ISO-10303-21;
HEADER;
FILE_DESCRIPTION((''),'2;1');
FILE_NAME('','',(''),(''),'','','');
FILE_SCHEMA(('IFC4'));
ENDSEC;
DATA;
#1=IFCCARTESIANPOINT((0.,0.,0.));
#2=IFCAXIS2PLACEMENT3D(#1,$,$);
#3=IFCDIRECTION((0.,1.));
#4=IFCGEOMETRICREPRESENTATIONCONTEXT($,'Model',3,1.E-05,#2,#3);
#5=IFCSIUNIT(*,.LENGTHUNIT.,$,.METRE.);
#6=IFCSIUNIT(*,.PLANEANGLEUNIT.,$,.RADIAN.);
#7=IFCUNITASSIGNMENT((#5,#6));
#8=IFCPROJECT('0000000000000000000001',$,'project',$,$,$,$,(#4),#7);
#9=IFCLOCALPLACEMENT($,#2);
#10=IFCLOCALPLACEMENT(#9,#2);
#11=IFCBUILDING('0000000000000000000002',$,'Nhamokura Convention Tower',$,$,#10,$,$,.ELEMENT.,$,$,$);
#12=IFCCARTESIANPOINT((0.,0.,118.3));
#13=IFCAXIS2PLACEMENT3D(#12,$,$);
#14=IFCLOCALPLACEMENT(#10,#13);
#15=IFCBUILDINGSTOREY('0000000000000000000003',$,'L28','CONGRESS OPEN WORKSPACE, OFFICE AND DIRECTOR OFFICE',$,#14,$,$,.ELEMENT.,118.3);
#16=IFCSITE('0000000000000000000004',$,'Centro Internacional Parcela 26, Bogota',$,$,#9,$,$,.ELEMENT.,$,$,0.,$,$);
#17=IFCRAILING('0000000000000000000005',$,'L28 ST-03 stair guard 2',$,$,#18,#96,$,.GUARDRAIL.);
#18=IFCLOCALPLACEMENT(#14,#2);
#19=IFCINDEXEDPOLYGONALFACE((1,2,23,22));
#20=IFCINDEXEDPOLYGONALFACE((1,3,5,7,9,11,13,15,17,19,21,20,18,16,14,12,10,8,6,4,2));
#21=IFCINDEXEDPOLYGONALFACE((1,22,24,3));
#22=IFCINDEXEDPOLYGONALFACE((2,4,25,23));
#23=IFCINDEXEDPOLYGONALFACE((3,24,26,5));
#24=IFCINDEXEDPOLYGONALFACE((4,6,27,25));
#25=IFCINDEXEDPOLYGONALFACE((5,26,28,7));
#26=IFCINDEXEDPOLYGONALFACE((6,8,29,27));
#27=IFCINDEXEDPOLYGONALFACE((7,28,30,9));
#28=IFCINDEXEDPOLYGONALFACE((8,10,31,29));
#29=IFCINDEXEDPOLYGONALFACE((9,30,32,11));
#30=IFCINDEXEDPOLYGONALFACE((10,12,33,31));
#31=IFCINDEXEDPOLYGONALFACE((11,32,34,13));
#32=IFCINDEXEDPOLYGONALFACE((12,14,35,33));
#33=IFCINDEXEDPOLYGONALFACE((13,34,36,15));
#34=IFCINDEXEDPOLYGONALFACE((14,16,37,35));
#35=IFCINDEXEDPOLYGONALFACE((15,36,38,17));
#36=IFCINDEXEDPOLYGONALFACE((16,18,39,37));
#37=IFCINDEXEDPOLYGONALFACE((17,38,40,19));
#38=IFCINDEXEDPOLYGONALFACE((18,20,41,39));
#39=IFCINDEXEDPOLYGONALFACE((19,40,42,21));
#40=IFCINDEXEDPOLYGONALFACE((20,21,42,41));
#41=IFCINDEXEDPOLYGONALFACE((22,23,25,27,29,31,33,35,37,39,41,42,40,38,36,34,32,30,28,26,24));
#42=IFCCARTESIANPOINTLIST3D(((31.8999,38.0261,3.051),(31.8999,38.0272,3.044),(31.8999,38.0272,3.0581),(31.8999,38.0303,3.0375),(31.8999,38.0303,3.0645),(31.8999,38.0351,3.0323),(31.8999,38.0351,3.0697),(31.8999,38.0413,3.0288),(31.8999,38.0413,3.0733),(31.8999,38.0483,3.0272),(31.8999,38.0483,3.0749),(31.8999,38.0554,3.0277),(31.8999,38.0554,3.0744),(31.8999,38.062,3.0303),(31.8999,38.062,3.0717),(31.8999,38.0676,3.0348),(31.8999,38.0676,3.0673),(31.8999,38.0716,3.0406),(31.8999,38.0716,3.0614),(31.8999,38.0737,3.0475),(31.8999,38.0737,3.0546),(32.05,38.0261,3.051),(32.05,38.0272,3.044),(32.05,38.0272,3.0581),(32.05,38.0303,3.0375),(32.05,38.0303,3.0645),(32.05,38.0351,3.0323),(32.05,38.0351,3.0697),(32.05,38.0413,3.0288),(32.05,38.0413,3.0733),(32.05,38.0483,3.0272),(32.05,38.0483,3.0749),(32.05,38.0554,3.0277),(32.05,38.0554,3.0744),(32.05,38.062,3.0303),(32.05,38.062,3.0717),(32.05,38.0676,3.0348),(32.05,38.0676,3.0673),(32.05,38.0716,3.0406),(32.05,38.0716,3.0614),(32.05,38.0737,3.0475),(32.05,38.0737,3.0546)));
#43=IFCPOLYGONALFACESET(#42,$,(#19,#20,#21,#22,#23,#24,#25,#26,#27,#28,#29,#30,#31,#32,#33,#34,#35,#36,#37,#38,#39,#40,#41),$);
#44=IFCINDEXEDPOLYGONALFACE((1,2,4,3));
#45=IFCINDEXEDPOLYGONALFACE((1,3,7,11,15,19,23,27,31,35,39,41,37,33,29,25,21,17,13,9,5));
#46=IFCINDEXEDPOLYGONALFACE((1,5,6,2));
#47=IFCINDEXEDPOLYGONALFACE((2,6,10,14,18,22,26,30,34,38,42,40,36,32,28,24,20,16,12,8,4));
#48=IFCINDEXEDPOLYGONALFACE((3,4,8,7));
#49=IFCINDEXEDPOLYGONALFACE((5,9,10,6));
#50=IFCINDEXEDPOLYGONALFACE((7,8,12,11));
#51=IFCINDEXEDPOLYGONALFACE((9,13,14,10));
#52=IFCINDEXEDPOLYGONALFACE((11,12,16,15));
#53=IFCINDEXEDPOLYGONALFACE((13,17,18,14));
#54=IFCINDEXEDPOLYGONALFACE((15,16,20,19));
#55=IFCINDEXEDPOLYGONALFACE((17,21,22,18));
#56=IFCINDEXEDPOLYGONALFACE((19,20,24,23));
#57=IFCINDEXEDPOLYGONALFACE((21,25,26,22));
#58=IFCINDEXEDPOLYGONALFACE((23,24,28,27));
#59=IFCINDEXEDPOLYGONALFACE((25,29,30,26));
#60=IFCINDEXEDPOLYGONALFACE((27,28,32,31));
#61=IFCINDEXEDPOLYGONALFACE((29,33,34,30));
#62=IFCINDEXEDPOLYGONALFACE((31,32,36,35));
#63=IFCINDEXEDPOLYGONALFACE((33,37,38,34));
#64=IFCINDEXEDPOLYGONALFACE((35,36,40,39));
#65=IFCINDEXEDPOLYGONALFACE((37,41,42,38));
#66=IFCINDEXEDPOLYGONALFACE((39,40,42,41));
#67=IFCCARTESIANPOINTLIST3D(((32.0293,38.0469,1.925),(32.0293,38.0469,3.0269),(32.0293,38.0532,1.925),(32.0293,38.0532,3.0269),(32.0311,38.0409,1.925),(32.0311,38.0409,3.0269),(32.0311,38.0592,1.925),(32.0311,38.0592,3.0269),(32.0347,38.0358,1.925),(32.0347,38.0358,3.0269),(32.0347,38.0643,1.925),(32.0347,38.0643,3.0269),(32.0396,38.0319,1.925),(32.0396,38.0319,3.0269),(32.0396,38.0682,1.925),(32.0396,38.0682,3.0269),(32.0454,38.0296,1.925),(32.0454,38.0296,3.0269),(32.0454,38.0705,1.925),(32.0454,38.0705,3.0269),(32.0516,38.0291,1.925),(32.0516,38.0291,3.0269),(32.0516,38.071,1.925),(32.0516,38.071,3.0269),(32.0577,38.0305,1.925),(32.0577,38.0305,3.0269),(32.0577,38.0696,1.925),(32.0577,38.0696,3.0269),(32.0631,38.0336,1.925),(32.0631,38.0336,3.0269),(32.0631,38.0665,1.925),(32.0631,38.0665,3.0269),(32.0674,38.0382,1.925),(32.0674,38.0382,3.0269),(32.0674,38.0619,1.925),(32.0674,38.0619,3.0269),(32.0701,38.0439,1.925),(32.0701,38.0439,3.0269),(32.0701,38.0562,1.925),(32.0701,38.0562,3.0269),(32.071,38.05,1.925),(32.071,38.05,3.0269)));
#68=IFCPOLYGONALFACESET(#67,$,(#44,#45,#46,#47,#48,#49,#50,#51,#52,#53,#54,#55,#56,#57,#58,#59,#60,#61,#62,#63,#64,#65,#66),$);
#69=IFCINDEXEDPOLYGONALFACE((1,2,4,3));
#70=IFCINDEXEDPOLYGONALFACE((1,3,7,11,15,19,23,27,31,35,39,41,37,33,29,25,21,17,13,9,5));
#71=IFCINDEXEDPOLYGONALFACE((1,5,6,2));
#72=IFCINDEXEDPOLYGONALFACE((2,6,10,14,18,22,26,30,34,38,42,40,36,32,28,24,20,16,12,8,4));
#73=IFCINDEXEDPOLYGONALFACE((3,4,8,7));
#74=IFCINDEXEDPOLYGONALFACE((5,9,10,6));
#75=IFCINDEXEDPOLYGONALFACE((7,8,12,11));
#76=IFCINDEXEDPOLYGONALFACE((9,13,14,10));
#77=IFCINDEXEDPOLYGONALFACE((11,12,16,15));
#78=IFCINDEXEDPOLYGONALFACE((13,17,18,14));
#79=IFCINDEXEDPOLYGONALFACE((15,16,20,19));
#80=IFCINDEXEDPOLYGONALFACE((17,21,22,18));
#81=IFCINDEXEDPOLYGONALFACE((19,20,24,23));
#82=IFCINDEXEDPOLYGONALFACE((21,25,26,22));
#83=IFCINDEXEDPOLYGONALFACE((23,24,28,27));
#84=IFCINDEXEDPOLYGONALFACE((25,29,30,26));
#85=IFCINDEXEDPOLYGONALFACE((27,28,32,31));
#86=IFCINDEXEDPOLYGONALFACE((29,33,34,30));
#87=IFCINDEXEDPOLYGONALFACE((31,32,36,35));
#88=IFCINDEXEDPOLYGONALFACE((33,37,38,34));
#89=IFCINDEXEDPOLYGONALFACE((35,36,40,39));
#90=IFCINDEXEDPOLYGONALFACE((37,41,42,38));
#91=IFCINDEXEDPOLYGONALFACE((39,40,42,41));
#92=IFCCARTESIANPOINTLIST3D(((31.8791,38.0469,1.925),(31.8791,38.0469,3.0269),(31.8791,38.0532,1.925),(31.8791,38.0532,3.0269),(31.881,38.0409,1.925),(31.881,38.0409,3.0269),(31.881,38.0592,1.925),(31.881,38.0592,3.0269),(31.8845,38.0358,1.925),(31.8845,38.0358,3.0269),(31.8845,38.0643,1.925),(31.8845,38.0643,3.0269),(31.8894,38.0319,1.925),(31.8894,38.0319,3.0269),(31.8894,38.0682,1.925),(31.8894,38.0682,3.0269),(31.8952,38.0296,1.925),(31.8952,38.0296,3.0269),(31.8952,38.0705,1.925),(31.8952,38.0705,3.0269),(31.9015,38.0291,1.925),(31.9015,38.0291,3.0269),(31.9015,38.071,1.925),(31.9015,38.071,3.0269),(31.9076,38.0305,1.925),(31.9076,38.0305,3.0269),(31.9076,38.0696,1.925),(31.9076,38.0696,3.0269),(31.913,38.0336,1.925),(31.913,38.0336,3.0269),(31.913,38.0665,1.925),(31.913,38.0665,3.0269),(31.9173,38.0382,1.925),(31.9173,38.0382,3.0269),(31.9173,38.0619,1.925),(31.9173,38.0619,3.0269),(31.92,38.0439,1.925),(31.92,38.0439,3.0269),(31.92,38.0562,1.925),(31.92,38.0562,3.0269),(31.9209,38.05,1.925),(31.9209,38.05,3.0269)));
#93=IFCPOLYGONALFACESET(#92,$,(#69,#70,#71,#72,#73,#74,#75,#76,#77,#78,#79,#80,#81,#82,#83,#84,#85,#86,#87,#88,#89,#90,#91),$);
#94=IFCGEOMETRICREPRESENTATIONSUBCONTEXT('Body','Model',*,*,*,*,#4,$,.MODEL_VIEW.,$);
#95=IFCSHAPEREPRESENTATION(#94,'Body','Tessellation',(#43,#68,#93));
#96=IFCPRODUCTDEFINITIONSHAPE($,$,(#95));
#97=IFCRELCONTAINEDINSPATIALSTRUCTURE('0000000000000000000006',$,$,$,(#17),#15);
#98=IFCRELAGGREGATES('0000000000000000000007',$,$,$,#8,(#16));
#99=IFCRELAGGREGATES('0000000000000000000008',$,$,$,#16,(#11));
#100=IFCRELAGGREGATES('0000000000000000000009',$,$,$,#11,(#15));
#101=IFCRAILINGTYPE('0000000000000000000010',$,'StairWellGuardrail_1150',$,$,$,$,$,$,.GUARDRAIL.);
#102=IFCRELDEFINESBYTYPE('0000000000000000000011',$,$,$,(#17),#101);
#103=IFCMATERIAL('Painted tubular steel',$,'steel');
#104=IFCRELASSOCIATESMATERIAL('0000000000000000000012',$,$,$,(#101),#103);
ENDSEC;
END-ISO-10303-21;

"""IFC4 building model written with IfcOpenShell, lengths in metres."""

from ifc_helpers import new_model, si_unit, direction, frame, origin, origin_2d, place, context, subcontext, project, spatial, circle, extrude, material, type_object, element, save


model = new_model("IFC4")

# Units and contexts
model_context = context("Model", 3, precision=1e-05, world=origin(), true_north=direction((0.0, 1.0)))
body_context = subcontext(model_context, "Body", "Model", "MODEL_VIEW")
ifc_project = project(units=[si_unit("LENGTHUNIT", "METRE"), si_unit("PLANEANGLEUNIT", "RADIAN")], contexts=[model_context])

# Site, building, storey
site_placement = place(None, origin())
site = spatial("IfcSite", under=ifc_project, at=site_placement, Name="Centro Internacional Parcela 26, Bogota", CompositionType="ELEMENT", RefElevation=0.0)
building_placement = place(site_placement, origin())
building = spatial("IfcBuilding", under=site, at=building_placement, Name="Nhamokura Convention Tower", CompositionType="ELEMENT")
storey_placement = place(building_placement, frame((0.0, 0.0, 118.3)))
storey = spatial("IfcBuildingStorey", under=building, at=storey_placement, Name="L28", Description="CONGRESS OPEN WORKSPACE, OFFICE AND DIRECTOR OFFICE", CompositionType="ELEMENT", Elevation=118.3)

# Railing
ifc_material_1 = material(Name="Painted tubular steel", Category="steel")
railing_type_1 = type_object("IfcRailingType", Name="StairWellGuardrail_1150", PredefinedType="GUARDRAIL", material=ifc_material_1)
railing_1_placement = place(storey_placement, frame((32.05, 38.05, 1.925)))
element("IfcRailing", 1, at=railing_1_placement, inside=storey, type_object=railing_type_1, Name="L28 ST-03 stair guard 2", PredefinedType="GUARDRAIL", context=body_context, shape_type="SweptSolid", body=[
    extrude(circle(Radius=0.0239, at=origin_2d()), frame((0.0, 0.0, 1.126), z_axis=(-1.0, 0.0, 0.0), x_axis=(0.0, -1.0, 0.0)), (0.0, 0.0, 1.0), 0.1501),
    extrude(circle(Radius=0.021, at=origin_2d()), origin(), (0.0, 0.0, 1.0), 1.1018),
    extrude(circle(Radius=0.021, at=origin_2d()), frame((-0.1501, 0.0, 0.0)), (0.0, 0.0, 1.0), 1.1018),
])

save(model, "model.ifc")
